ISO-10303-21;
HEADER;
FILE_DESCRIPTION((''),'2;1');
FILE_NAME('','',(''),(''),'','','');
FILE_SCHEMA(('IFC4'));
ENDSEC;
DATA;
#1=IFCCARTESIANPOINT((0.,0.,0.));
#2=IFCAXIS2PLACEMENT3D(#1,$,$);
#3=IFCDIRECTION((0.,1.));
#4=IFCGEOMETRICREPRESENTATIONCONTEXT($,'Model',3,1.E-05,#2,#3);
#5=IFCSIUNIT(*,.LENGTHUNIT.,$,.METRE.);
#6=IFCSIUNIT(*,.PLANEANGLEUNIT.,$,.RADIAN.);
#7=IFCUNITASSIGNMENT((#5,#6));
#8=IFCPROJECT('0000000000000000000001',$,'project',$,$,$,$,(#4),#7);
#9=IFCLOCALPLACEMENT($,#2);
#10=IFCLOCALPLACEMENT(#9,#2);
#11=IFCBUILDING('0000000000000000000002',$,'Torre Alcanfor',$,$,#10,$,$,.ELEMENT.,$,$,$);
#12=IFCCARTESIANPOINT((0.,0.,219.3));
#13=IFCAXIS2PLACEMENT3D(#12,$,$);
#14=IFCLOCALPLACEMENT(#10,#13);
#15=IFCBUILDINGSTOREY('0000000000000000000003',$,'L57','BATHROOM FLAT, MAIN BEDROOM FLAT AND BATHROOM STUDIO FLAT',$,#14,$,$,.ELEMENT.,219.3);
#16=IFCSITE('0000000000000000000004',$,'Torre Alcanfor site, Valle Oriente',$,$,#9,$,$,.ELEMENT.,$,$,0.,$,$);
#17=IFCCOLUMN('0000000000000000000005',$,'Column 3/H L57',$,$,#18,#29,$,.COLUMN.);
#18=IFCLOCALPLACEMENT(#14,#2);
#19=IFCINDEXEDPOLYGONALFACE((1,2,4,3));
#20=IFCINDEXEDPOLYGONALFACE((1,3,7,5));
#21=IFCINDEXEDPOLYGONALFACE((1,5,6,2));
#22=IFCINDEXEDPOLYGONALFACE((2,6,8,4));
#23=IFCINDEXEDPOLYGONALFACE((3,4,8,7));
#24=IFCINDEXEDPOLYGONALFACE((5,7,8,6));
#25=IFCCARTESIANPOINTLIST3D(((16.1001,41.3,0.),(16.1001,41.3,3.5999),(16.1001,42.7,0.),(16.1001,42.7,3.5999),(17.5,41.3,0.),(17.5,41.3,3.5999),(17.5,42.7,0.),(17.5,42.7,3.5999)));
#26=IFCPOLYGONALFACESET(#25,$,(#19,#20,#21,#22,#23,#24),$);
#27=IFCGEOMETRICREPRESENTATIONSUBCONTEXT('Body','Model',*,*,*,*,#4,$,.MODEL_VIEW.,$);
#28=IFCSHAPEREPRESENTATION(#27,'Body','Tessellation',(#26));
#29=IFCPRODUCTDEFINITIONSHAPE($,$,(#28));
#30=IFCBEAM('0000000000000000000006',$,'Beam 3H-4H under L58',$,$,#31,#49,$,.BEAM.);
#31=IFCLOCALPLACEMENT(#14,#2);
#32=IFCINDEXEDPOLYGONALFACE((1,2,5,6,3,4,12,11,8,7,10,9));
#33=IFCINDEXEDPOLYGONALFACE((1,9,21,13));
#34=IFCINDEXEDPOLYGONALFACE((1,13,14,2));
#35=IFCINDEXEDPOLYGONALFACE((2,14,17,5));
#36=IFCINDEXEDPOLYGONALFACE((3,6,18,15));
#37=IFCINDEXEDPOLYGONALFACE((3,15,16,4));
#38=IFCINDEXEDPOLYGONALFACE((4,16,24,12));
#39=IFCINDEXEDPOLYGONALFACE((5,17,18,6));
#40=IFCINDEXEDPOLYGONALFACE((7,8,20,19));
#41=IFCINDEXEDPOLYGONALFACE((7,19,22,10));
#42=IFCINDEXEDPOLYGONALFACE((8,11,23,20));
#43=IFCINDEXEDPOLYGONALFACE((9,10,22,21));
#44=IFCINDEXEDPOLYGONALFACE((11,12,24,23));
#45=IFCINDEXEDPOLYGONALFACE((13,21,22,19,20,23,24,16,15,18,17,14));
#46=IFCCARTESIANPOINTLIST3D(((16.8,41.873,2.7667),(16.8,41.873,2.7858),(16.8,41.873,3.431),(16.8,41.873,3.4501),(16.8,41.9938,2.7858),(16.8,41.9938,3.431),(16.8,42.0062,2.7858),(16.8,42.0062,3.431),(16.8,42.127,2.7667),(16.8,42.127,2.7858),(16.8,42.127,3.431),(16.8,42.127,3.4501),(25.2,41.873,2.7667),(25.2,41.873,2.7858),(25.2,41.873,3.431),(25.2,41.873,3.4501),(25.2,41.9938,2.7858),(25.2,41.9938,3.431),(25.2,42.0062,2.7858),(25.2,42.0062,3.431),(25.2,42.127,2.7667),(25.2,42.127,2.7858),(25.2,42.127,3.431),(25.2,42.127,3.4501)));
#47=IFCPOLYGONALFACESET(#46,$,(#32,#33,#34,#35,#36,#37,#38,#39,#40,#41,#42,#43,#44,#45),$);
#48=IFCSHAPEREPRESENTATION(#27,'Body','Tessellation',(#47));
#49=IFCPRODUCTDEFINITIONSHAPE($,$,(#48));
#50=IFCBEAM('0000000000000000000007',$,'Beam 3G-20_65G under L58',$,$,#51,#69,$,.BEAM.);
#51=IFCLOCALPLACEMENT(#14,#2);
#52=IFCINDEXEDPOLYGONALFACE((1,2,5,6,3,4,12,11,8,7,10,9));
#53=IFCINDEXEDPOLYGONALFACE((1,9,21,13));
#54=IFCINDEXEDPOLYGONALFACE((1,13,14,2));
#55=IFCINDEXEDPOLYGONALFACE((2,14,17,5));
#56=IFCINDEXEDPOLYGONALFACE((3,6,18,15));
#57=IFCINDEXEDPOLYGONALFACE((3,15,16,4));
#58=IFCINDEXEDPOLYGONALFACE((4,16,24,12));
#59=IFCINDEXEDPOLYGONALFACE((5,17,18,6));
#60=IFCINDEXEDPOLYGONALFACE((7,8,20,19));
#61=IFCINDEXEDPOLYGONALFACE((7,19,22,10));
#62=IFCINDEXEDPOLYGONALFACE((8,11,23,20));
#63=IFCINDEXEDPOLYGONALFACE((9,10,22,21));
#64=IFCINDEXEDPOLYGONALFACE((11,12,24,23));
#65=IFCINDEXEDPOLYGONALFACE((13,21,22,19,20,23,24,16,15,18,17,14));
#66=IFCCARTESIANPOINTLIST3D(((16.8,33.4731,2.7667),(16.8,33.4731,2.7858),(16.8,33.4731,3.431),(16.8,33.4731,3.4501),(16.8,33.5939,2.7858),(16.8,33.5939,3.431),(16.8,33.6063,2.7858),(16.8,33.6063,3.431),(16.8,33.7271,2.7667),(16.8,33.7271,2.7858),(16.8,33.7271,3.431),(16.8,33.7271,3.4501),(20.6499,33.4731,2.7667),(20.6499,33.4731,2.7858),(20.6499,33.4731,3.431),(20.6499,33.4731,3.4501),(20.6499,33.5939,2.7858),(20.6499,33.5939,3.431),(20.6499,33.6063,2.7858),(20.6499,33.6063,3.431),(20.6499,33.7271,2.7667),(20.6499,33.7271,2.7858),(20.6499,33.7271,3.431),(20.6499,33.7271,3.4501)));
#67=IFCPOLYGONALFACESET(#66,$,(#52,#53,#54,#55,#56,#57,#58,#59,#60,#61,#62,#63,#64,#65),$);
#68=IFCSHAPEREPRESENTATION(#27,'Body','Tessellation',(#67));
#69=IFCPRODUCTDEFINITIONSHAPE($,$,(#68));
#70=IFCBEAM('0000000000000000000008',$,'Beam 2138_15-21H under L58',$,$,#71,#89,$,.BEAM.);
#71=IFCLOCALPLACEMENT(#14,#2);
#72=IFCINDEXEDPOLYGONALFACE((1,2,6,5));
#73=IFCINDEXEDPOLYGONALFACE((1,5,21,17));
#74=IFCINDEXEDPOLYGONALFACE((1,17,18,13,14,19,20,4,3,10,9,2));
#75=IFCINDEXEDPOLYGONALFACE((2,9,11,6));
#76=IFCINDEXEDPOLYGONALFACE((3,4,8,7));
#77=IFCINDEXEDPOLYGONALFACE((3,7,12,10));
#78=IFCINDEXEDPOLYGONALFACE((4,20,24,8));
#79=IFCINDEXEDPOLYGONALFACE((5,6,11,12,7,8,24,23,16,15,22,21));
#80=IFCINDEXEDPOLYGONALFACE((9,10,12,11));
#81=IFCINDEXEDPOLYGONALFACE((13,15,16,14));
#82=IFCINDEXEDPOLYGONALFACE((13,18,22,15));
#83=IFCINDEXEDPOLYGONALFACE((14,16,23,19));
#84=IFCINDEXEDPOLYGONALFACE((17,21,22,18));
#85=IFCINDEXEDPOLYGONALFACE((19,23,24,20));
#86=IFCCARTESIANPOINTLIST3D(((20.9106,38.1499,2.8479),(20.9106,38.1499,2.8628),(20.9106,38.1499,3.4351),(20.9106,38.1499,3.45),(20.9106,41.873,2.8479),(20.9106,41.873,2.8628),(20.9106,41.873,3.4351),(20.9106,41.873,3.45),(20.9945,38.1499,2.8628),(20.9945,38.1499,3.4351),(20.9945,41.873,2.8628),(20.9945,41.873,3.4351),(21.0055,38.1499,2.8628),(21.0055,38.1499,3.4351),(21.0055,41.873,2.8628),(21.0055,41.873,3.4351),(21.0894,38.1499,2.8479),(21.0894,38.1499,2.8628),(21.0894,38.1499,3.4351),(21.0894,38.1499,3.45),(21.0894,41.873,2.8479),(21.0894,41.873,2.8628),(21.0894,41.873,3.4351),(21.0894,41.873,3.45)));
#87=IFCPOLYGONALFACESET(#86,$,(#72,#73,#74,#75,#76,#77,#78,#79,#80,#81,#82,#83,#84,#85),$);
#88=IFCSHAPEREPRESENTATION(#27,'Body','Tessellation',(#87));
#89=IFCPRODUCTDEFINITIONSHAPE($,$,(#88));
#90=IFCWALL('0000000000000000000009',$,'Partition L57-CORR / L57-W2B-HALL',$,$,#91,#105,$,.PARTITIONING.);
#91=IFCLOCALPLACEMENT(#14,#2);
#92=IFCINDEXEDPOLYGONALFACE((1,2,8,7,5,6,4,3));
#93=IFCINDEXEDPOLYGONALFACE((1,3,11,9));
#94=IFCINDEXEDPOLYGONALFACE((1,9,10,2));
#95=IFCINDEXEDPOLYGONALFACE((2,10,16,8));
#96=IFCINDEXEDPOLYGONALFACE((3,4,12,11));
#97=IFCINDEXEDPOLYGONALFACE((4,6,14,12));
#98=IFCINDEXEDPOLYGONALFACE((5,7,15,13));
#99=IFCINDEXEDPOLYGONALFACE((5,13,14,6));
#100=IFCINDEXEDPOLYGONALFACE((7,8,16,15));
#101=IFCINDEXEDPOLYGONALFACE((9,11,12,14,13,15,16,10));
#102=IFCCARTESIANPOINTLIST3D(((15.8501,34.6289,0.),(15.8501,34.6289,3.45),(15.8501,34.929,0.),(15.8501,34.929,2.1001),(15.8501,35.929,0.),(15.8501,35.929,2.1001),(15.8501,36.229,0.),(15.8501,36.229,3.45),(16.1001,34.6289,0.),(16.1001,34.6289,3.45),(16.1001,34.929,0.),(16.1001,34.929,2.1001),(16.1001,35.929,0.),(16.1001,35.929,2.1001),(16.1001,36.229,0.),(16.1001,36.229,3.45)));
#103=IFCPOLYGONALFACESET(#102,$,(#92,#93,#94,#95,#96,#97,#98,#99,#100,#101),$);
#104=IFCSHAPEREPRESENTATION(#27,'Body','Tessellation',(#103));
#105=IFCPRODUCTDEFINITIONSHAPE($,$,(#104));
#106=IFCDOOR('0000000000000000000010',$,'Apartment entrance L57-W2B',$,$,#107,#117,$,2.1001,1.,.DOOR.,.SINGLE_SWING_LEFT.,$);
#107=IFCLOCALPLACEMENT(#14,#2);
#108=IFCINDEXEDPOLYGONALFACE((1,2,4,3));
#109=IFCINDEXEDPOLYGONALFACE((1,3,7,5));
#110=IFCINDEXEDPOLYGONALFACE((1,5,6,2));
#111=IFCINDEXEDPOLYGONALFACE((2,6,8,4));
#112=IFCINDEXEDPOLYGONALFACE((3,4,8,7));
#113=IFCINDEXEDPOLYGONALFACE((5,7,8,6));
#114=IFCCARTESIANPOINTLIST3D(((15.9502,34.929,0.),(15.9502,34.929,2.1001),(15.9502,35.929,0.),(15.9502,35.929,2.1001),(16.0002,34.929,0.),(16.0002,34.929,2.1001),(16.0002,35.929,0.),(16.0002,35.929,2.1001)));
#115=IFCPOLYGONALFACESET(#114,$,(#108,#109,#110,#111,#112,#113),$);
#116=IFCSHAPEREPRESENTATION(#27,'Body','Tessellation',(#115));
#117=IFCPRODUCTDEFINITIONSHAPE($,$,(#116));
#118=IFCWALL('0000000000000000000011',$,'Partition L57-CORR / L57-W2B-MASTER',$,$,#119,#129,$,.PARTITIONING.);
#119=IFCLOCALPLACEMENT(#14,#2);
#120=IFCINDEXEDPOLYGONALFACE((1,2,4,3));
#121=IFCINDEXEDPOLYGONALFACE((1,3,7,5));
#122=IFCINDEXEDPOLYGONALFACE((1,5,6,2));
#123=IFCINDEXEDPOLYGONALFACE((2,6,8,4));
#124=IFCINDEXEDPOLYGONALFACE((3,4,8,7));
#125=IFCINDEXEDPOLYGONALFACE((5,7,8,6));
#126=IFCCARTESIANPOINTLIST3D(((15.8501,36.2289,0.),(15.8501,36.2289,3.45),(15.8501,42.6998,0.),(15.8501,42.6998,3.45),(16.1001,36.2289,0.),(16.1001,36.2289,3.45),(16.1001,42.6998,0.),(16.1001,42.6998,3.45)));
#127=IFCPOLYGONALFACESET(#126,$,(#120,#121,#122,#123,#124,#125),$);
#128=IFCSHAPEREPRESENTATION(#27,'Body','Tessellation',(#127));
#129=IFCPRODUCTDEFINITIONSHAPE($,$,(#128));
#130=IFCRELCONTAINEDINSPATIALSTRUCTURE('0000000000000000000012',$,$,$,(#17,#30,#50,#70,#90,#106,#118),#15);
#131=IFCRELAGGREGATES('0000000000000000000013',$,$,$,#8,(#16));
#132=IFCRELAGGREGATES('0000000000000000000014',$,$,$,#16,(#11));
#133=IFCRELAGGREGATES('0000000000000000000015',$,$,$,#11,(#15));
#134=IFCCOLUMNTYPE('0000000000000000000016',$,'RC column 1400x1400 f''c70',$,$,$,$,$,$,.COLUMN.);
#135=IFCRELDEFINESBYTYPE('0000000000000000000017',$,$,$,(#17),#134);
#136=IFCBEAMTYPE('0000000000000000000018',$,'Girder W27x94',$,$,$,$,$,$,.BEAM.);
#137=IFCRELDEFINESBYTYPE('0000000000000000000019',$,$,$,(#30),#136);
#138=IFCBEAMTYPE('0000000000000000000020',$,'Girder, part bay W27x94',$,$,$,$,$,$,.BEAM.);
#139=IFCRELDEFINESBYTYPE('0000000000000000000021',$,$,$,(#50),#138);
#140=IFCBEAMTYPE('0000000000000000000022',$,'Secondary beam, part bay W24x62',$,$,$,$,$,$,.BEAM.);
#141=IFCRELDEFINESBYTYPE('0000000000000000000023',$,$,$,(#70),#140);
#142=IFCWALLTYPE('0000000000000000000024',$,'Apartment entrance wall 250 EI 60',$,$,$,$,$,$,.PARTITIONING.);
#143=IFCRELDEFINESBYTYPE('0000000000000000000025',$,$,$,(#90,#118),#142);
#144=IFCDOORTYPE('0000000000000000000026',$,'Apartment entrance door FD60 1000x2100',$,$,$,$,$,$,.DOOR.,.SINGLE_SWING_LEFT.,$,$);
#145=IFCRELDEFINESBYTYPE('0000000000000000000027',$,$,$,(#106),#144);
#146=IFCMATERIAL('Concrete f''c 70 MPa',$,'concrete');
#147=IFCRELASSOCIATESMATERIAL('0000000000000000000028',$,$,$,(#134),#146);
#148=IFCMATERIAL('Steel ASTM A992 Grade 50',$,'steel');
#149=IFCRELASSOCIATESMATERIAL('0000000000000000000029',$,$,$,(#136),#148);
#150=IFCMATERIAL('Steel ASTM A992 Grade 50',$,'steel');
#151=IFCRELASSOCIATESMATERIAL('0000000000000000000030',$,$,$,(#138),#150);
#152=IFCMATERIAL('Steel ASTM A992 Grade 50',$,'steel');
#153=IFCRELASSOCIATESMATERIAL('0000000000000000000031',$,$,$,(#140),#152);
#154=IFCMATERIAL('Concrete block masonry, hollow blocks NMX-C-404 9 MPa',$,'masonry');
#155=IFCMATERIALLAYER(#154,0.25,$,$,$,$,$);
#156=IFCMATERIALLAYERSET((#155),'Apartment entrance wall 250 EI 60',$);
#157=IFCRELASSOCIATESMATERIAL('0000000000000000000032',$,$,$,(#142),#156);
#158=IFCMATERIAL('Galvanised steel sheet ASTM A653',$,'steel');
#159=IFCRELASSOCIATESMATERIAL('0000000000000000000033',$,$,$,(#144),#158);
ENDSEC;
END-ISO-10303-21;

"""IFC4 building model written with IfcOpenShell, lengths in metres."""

from ifc_helpers import new_model, si_unit, direction, frame, frame_2d, origin, origin_2d, place, context, subcontext, project, spatial, rectangle, i_section, extrude, material, layer, layer_set, material_profile, profile_set, type_object, element, fill, save


model = new_model("IFC4")

# Units and contexts
model_context = context("Model", 3, precision=1e-05, world=origin(), true_north=direction((0.0, 1.0)))
body_context = subcontext(model_context, "Body", "Model", "MODEL_VIEW")
ifc_project = project(units=[si_unit("LENGTHUNIT", "METRE"), si_unit("PLANEANGLEUNIT", "RADIAN")], contexts=[model_context])

# Site, building, storey
site_placement = place(None, origin())
site = spatial("IfcSite", under=ifc_project, at=site_placement, Name="Torre Alcanfor site, Valle Oriente", CompositionType="ELEMENT", RefElevation=0.0)
building_placement = place(site_placement, origin())
building = spatial("IfcBuilding", under=site, at=building_placement, Name="Torre Alcanfor", CompositionType="ELEMENT")
storey_placement = place(building_placement, frame((0.0, 0.0, 219.3)))
storey = spatial("IfcBuildingStorey", under=building, at=storey_placement, Name="L57", Description="BATHROOM FLAT, MAIN BEDROOM FLAT AND BATHROOM STUDIO FLAT", CompositionType="ELEMENT", Elevation=219.3)

# Column
ifc_material_1 = material(Name="Concrete f'c 70 MPa", Category="concrete")
ifc_material_profile_1 = material_profile(ifc_material_1, rectangle(XDim=1.3999, YDim=1.3999, at=origin_2d()), Name="1400x1400")
ifc_profile_set_1 = profile_set([ifc_material_profile_1], Name="Concrete f'c 70 MPa")
column_type = type_object("IfcColumnType", Name="RC column 1400x1400 f'c70", PredefinedType="COLUMN", material=ifc_profile_set_1)
column_placement = place(storey_placement, frame((16.8, 42.0, 0.0), z_axis=(0.0, 0.0, 1.0), x_axis=(1.0, 0.0, 0.0)))
element("IfcColumn", 1, at=column_placement, inside=storey, type_object=column_type, Name="Column 3/H L57", PredefinedType="COLUMN", context=body_context, shape_type="SweptSolid", body=[
    extrude(rectangle(XDim=1.3999, YDim=1.3999, at=origin_2d()), origin(), (0.0, 0.0, 1.0), 3.5999),
])

# Beams
ifc_material_2 = material(Name="Steel ASTM A992 Grade 50", Category="steel")
ifc_material_profile_2 = material_profile(ifc_material_2, i_section(OverallWidth=0.2539, OverallDepth=0.6833, WebThickness=0.0125, FlangeThickness=0.019, at=origin_2d()), Name="W27x94")
ifc_profile_set_2 = profile_set([ifc_material_profile_2], Name="Steel ASTM A992 Grade 50")
beam_type_1 = type_object("IfcBeamType", Name="Girder W27x94", PredefinedType="BEAM", material=ifc_profile_set_2)
beam_1_placement = place(storey_placement, frame((16.8, 42.0, 3.1084), z_axis=(1.0, 0.0, 0.0), x_axis=(0.0, 1.0, 0.0)))
element("IfcBeam", 2, at=beam_1_placement, inside=storey, type_object=beam_type_1, Name="Beam 3H-4H under L58", PredefinedType="BEAM", context=body_context, shape_type="SweptSolid", body=[
    extrude(i_section(OverallWidth=0.2539, OverallDepth=0.6833, WebThickness=0.0125, FlangeThickness=0.019, at=origin_2d()), origin(), (0.0, 0.0, 1.0), 8.3999),
])
ifc_material_3 = material(Name="Steel ASTM A992 Grade 50", Category="steel")
ifc_material_profile_3 = material_profile(ifc_material_3, i_section(OverallWidth=0.2539, OverallDepth=0.6833, WebThickness=0.0125, FlangeThickness=0.019, at=origin_2d()), Name="W27x94")
ifc_profile_set_3 = profile_set([ifc_material_profile_3], Name="Steel ASTM A992 Grade 50")
beam_type_2 = type_object("IfcBeamType", Name="Girder, part bay W27x94", PredefinedType="BEAM", material=ifc_profile_set_3)
beam_2_placement = place(storey_placement, frame((16.8, 33.6001, 3.1084), z_axis=(1.0, 0.0, 0.0), x_axis=(0.0, 1.0, 0.0)))
element("IfcBeam", 3, at=beam_2_placement, inside=storey, type_object=beam_type_2, Name="Beam 3G-20_65G under L58", PredefinedType="BEAM", context=body_context, shape_type="SweptSolid", body=[
    extrude(i_section(OverallWidth=0.2539, OverallDepth=0.6833, WebThickness=0.0125, FlangeThickness=0.019, at=origin_2d()), origin(), (0.0, 0.0, 1.0), 3.8499),
])
ifc_material_4 = material(Name="Steel ASTM A992 Grade 50", Category="steel")
ifc_material_profile_4 = material_profile(ifc_material_4, i_section(OverallWidth=0.1787, OverallDepth=0.6021, WebThickness=0.011, FlangeThickness=0.0149, at=origin_2d()), Name="W24x62")
ifc_profile_set_4 = profile_set([ifc_material_profile_4], Name="Steel ASTM A992 Grade 50")
beam_type_3 = type_object("IfcBeamType", Name="Secondary beam, part bay W24x62", PredefinedType="BEAM", material=ifc_profile_set_4)
beam_3_placement = place(storey_placement, frame((21.0, 38.1499, 3.1489), z_axis=(0.0, 1.0, 0.0), x_axis=(-1.0, 0.0, 0.0)))
element("IfcBeam", 4, at=beam_3_placement, inside=storey, type_object=beam_type_3, Name="Beam 2138_15-21H under L58", PredefinedType="BEAM", context=body_context, shape_type="SweptSolid", body=[
    extrude(i_section(OverallWidth=0.1787, OverallDepth=0.6021, WebThickness=0.011, FlangeThickness=0.0149, at=origin_2d()), origin(), (0.0, 0.0, 1.0), 3.7231),
])

# Wall, opening, door
ifc_material_5 = material(Name="Concrete block masonry, hollow blocks NMX-C-404 9 MPa", Category="masonry")
ifc_layer_1 = layer(ifc_material_5, 0.25)
ifc_layer_set_1 = layer_set([ifc_layer_1], Name="Apartment entrance wall 250 EI 60")
wall_type_1 = type_object("IfcWallType", Name="Apartment entrance wall 250 EI 60", PredefinedType="PARTITIONING", material=ifc_layer_set_1)
wall_1_placement = place(storey_placement, frame((15.9751, 34.6289, 0.0), z_axis=(0.0, 0.0, 1.0), x_axis=(0.0, 1.0, 0.0)))
wall_1 = element("IfcWall", 5, at=wall_1_placement, inside=storey, type_object=wall_type_1, Name="Partition L57-CORR / L57-W2B-HALL", PredefinedType="PARTITIONING", context=body_context, shape_type="SweptSolid", body=[
    extrude(rectangle(XDim=1.6001, YDim=0.25, at=frame_2d((0.8, 0.0))), origin(), (0.0, 0.0, 1.0), 3.45),
])
opening_1_placement = place(wall_1_placement, frame((0.3, 0.0, 0.0)))
opening_1 = element("IfcOpeningElement", 6, at=opening_1_placement, cuts=wall_1, PredefinedType="OPENING", context=body_context, shape_type="SweptSolid", body=[
    extrude(rectangle(XDim=1.0, YDim=2.1001, at=frame_2d((0.5, 1.05))), frame((0.0, 0.135, 0.0), z_axis=(0.0, -1.0, 0.0), x_axis=(1.0, 0.0, 0.0)), (0.0, 0.0, 1.0), 0.27),
])
ifc_material_6 = material(Name="Galvanised steel sheet ASTM A653", Category="steel")
door_type_1 = type_object("IfcDoorType", Name="Apartment entrance door FD60 1000x2100", OperationType="SINGLE_SWING_LEFT", PredefinedType="DOOR", material=ifc_material_6)
door_1_placement = place(opening_1_placement, origin())
door_1 = element("IfcDoor", 7, at=door_1_placement, inside=storey, type_object=door_type_1, Name="Apartment entrance L57-W2B", OperationType="SINGLE_SWING_LEFT", OverallHeight=2.1001, OverallWidth=1.0, PredefinedType="DOOR", context=body_context, shape_type="SweptSolid", body=[
    extrude(rectangle(XDim=1.0, YDim=2.1001, at=frame_2d((0.5, 1.05))), frame((0.0, 0.0249, 0.0), z_axis=(0.0, -1.0, 0.0), x_axis=(1.0, 0.0, 0.0)), (0.0, 0.0, 1.0), 0.05),
])
fill(opening_1, door_1)

# Wall
wall_2_placement = place(storey_placement, frame((15.9751, 36.229, 0.0), z_axis=(0.0, 0.0, 1.0), x_axis=(0.0, 1.0, 0.0)))
element("IfcWall", 8, at=wall_2_placement, inside=storey, type_object=wall_type_1, Name="Partition L57-CORR / L57-W2B-MASTER", PredefinedType="PARTITIONING", context=body_context, shape_type="SweptSolid", body=[
    extrude(rectangle(XDim=6.4709, YDim=0.25, at=frame_2d((3.2354, 0.0))), origin(), (0.0, 0.0, 1.0), 3.45),
])

save(model, "model.ifc")
